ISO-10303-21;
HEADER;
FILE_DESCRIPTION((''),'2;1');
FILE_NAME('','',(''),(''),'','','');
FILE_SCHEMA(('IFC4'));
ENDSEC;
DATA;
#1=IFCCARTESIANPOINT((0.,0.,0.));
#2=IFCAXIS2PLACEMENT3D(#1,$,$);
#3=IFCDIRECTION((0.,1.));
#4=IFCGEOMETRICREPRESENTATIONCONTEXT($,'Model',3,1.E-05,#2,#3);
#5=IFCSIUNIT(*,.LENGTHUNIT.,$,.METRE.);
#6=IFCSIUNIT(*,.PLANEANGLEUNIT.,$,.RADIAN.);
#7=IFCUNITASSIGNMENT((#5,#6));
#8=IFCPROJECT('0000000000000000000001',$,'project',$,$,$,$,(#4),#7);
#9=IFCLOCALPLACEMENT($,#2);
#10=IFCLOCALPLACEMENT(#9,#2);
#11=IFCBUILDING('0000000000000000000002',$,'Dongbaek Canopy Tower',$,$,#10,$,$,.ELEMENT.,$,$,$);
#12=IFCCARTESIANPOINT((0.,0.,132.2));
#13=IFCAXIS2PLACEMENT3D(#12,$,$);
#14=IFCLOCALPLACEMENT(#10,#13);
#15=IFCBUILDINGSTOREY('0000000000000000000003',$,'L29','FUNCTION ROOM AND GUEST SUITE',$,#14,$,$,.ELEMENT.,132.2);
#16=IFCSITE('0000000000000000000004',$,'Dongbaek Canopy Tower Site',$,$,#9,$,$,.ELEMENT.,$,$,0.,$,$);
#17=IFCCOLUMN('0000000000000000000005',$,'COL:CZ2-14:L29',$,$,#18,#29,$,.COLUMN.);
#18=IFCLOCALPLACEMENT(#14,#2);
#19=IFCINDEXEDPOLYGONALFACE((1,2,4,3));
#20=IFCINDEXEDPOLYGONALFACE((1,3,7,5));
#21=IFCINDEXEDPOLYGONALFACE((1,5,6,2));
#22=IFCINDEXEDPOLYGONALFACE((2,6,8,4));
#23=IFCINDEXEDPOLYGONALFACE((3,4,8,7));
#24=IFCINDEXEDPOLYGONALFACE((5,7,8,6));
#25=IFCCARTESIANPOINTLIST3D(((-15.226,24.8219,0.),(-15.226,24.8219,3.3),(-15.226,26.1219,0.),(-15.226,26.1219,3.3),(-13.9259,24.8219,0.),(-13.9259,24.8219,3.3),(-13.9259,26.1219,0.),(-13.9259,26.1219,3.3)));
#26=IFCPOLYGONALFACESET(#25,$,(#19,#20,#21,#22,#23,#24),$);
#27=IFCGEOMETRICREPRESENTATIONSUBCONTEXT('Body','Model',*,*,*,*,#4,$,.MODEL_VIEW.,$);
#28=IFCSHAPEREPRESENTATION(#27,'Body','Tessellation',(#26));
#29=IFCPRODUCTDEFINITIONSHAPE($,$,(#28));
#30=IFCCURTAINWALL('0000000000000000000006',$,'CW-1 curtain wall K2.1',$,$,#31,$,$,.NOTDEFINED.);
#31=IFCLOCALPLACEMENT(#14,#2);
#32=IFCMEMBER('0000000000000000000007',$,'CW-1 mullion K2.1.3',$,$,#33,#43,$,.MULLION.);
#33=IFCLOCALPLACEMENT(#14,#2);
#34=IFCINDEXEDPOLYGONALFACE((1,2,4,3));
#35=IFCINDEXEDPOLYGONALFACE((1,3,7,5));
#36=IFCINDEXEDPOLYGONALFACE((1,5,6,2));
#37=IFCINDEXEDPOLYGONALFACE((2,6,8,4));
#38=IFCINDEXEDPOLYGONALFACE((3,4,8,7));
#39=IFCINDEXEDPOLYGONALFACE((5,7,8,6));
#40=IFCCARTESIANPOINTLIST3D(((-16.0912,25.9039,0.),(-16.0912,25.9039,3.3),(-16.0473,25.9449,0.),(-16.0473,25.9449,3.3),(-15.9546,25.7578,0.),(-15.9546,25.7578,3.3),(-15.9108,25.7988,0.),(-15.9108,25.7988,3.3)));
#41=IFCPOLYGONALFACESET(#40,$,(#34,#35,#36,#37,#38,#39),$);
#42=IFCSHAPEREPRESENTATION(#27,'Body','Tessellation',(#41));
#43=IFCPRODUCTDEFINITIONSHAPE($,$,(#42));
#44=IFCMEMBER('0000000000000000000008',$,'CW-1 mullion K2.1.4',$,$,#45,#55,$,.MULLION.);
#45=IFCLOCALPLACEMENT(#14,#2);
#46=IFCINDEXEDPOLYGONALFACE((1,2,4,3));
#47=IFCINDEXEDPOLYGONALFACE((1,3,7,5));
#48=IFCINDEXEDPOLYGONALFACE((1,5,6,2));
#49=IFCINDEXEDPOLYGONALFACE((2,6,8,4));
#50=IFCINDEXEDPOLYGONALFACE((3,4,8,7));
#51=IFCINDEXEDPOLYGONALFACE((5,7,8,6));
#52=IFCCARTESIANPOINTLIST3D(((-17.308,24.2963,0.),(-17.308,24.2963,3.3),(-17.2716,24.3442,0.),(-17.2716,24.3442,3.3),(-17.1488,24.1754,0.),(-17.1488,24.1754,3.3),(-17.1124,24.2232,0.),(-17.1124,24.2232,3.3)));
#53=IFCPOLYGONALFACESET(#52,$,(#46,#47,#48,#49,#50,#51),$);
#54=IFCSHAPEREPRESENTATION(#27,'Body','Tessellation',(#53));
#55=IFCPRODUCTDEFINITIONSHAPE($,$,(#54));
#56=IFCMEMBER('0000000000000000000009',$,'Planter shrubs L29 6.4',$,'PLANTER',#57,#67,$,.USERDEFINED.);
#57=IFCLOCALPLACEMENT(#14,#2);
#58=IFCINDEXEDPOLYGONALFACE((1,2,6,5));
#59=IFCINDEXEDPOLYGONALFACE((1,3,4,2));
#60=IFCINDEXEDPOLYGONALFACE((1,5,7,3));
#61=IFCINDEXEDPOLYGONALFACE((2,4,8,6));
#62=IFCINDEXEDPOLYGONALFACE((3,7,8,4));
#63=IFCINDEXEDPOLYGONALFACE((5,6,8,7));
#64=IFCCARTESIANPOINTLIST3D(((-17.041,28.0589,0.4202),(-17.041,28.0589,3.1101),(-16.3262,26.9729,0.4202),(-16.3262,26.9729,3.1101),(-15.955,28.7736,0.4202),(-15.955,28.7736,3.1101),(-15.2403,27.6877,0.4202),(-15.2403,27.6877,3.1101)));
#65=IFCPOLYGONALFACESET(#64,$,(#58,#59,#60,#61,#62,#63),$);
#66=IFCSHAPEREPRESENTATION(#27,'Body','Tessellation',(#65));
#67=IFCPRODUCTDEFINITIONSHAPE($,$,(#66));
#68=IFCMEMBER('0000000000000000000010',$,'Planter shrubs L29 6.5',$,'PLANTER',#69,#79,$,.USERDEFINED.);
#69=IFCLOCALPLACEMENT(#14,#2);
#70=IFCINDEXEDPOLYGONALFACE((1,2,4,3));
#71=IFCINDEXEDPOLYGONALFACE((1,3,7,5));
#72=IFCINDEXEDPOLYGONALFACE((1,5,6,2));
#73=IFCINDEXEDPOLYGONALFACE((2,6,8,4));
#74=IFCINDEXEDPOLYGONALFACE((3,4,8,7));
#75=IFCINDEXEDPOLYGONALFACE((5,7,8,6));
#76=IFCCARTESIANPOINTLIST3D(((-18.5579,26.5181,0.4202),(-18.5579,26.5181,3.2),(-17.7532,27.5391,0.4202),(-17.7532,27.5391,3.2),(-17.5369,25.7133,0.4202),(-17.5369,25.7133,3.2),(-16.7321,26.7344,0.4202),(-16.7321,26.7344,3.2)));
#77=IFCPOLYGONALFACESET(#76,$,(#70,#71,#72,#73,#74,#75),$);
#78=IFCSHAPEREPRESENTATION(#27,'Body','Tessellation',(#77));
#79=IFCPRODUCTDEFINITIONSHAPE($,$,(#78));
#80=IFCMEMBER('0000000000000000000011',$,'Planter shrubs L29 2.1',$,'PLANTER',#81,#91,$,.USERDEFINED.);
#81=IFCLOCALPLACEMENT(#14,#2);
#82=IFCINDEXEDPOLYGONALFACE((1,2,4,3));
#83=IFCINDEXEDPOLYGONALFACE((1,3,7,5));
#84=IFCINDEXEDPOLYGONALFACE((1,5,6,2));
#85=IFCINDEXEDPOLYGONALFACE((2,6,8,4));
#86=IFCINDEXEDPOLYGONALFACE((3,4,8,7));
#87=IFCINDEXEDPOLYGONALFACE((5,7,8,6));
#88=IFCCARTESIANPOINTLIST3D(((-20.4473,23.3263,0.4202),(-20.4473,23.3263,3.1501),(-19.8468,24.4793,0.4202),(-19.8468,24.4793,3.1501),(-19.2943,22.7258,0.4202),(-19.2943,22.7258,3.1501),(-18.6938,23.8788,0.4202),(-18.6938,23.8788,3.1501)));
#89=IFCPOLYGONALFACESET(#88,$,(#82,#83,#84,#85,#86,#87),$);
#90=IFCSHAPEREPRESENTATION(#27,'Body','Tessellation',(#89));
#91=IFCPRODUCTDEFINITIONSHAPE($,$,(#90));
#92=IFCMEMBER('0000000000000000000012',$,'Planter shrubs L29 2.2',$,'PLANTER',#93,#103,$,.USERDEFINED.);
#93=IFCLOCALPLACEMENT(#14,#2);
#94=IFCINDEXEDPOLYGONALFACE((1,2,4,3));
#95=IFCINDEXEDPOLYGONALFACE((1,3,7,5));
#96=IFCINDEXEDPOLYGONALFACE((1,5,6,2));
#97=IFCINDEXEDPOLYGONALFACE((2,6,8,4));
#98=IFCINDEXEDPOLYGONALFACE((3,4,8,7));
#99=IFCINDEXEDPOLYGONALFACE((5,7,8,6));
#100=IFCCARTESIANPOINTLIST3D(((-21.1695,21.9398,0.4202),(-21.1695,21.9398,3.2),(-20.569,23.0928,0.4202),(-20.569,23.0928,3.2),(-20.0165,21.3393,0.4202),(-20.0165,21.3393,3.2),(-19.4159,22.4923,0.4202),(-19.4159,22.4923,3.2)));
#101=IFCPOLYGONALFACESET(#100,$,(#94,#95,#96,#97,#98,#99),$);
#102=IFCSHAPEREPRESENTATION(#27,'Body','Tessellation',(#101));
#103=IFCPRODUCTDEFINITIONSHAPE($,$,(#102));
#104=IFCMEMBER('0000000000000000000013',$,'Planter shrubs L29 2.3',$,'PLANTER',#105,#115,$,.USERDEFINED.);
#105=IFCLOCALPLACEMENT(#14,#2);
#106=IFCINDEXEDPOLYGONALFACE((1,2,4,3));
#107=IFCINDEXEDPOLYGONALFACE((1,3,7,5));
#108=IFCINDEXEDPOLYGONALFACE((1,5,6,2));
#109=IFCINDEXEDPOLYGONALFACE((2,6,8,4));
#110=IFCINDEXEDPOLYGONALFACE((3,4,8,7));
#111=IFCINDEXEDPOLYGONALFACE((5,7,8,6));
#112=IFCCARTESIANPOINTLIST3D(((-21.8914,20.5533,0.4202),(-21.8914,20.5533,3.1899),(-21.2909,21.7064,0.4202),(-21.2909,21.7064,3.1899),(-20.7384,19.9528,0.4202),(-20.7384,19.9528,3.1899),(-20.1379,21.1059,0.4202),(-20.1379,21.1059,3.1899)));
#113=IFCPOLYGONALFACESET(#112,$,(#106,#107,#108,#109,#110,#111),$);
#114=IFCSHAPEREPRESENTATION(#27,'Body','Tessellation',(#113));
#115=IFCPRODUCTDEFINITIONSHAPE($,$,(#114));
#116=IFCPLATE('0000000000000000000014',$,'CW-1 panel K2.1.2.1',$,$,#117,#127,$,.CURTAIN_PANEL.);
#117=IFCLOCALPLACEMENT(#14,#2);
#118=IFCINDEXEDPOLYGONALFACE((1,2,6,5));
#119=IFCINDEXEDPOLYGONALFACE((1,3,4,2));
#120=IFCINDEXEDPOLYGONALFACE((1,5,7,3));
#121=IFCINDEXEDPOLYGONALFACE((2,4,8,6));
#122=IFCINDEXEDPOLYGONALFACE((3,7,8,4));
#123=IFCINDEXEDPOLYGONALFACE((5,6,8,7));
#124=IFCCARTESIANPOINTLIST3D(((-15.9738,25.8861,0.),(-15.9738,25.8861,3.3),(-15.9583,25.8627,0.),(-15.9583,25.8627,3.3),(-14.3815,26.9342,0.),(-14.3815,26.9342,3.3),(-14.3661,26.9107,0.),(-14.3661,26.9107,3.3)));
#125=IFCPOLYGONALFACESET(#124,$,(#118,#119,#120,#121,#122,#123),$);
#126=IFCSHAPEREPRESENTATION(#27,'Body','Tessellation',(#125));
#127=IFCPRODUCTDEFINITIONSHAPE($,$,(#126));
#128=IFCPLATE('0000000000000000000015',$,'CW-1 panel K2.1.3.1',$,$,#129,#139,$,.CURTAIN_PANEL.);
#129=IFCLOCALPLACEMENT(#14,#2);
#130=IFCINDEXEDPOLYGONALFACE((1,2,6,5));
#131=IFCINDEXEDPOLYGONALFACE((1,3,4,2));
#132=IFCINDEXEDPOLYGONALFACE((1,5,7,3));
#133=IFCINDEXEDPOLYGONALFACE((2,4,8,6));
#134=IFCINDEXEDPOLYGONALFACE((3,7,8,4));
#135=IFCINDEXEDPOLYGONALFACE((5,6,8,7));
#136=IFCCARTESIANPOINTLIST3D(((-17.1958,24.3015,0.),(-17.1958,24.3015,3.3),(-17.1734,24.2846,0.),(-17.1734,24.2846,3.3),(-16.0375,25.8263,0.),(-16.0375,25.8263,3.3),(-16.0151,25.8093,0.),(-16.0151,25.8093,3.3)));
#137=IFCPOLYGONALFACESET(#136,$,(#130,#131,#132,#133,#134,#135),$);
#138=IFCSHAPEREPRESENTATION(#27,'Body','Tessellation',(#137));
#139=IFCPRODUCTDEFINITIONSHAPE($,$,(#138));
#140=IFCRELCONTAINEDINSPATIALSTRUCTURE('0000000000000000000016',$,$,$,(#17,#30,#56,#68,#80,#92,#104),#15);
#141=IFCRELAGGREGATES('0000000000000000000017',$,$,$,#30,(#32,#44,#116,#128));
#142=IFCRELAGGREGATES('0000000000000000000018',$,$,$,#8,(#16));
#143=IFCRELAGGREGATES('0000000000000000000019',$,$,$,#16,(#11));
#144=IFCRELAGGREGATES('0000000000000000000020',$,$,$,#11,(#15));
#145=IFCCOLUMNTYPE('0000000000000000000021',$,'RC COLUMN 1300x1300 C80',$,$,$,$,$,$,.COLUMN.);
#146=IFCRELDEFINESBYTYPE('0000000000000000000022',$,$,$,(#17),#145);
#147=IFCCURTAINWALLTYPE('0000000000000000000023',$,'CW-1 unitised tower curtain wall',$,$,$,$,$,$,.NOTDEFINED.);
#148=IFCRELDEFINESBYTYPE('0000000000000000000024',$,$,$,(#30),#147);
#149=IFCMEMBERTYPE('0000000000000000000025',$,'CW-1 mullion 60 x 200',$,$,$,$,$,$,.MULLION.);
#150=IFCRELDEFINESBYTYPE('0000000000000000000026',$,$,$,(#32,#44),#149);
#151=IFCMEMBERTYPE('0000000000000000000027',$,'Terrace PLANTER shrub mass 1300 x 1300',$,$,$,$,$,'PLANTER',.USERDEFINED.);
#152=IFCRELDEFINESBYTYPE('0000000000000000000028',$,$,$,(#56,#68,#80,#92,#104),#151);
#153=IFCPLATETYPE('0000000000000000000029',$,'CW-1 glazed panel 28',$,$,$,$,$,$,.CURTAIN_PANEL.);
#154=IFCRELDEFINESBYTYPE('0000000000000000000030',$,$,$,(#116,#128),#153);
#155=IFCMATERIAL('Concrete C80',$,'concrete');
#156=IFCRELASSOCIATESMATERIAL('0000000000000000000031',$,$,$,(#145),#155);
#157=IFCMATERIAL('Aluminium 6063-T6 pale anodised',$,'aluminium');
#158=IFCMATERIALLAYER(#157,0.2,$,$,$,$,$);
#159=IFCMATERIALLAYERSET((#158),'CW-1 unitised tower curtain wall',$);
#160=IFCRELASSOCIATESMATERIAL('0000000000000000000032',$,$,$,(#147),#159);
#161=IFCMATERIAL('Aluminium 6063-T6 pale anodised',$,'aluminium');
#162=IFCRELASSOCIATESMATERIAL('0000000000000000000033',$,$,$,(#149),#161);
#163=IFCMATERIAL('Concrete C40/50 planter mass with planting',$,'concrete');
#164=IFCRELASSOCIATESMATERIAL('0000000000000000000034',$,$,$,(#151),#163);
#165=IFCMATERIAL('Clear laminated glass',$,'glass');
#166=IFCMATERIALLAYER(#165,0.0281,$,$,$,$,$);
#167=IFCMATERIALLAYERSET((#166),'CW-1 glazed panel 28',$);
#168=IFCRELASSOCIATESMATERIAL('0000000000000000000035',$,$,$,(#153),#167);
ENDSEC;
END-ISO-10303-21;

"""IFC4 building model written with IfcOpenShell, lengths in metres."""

from ifc_helpers import new_model, si_unit, direction, frame, origin, origin_2d, place, context, subcontext, project, spatial, rectangle, extrude, material, layer, layer_set, material_profile, profile_set, type_object, element, aggregate, save


model = new_model("IFC4")

# Units and contexts
model_context = context("Model", 3, precision=1e-05, world=origin(), true_north=direction((0.0, 1.0)))
body_context = subcontext(model_context, "Body", "Model", "MODEL_VIEW")
ifc_project = project(units=[si_unit("LENGTHUNIT", "METRE"), si_unit("PLANEANGLEUNIT", "RADIAN")], contexts=[model_context])

# Site, building, storey
site_placement = place(None, origin())
site = spatial("IfcSite", under=ifc_project, at=site_placement, Name="Dongbaek Canopy Tower Site", CompositionType="ELEMENT", RefElevation=0.0)
building_placement = place(site_placement, origin())
building = spatial("IfcBuilding", under=site, at=building_placement, Name="Dongbaek Canopy Tower", CompositionType="ELEMENT")
storey_placement = place(building_placement, frame((0.0, 0.0, 132.2)))
storey = spatial("IfcBuildingStorey", under=building, at=storey_placement, Name="L29", Description="FUNCTION ROOM AND GUEST SUITE", CompositionType="ELEMENT", Elevation=132.2)

# Column
ifc_material_1 = material(Name="Concrete C80", Category="concrete")
ifc_material_profile_1 = material_profile(ifc_material_1, rectangle(XDim=1.3, YDim=1.3, at=origin_2d()), Name="RC COLUMN 1300x1300 C80")
ifc_profile_set_1 = profile_set([ifc_material_profile_1], Name="Concrete C80")
column_type = type_object("IfcColumnType", Name="RC COLUMN 1300x1300 C80", PredefinedType="COLUMN", material=ifc_profile_set_1)
column_placement = place(storey_placement, frame((-14.5759, 25.4719, 0.0), z_axis=(0.0, 0.0, 1.0), x_axis=(1.0, 0.0, 0.0)))
element("IfcColumn", 1, at=column_placement, inside=storey, type_object=column_type, Name="COL:CZ2-14:L29", PredefinedType="COLUMN", context=body_context, shape_type="SweptSolid", body=[
    extrude(rectangle(XDim=1.3, YDim=1.3, at=origin_2d()), origin(), (0.0, 0.0, 1.0), 3.3),
])

# Curtain wall, members
ifc_material_2 = material(Name="Aluminium 6063-T6 pale anodised", Category="aluminium")
ifc_layer_1 = layer(ifc_material_2, 0.2)
ifc_layer_set_1 = layer_set([ifc_layer_1], Name="CW-1 unitised tower curtain wall")
curtain_wall_type = type_object("IfcCurtainWallType", Name="CW-1 unitised tower curtain wall", PredefinedType="NOTDEFINED", material=ifc_layer_set_1)
curtain_wall_placement = place(storey_placement, origin())
curtain_wall = element("IfcCurtainWall", 2, at=curtain_wall_placement, inside=storey, type_object=curtain_wall_type, Name="CW-1 curtain wall K2.1", PredefinedType="NOTDEFINED")
ifc_material_3 = material(Name="Aluminium 6063-T6 pale anodised", Category="aluminium")
ifc_material_profile_2 = material_profile(ifc_material_3, rectangle(XDim=0.2, YDim=0.0601, at=origin_2d()), Name="CW-1 mullion 60 x 200")
ifc_profile_set_2 = profile_set([ifc_material_profile_2], Name="Aluminium 6063-T6 pale anodised")
member_type_1 = type_object("IfcMemberType", Name="CW-1 mullion 60 x 200", PredefinedType="MULLION", material=ifc_profile_set_2)
member_1_placement = place(storey_placement, frame((-16.001, 25.8513, 0.0), z_axis=(0.0, 0.0, 1.0), x_axis=(-0.682829, 0.730578, 0.0)))
member_1 = element("IfcMember", 3, at=member_1_placement, type_object=member_type_1, Name="CW-1 mullion K2.1.3", PredefinedType="MULLION", context=body_context, shape_type="SweptSolid", body=[
    extrude(rectangle(XDim=0.2, YDim=0.0601, at=origin_2d()), origin(), (0.0, 0.0, 1.0), 3.3),
])
member_2_placement = place(storey_placement, frame((-17.2102, 24.2598, 0.0), z_axis=(0.0, 0.0, 1.0), x_axis=(-0.796291, 0.604914, 0.0)))
member_2 = element("IfcMember", 4, at=member_2_placement, type_object=member_type_1, Name="CW-1 mullion K2.1.4", PredefinedType="MULLION", context=body_context, shape_type="SweptSolid", body=[
    extrude(rectangle(XDim=0.2, YDim=0.0601, at=origin_2d()), origin(), (0.0, 0.0, 1.0), 3.3),
])

# Members
ifc_material_4 = material(Name="Concrete C40/50 planter mass with planting", Category="concrete")
ifc_material_profile_3 = material_profile(ifc_material_4, rectangle(XDim=1.3, YDim=1.3, at=origin_2d()), Name="Terrace PLANTER shrub mass 1300 x 1300")
ifc_profile_set_3 = profile_set([ifc_material_profile_3], Name="Concrete C40/50 planter mass with planting")
member_type_2 = type_object("IfcMemberType", Name="Terrace PLANTER shrub mass 1300 x 1300", ElementType="PLANTER", PredefinedType="USERDEFINED", material=ifc_profile_set_3)
member_3_placement = place(storey_placement, frame((-16.1406, 27.8733, 0.4202), z_axis=(0.0, 0.0, 1.0), x_axis=(-0.549794, 0.835301, 0.0)))
element("IfcMember", 5, at=member_3_placement, inside=storey, type_object=member_type_2, Name="Planter shrubs L29 6.4", ObjectType="PLANTER", PredefinedType="USERDEFINED", context=body_context, shape_type="SweptSolid", body=[
    extrude(rectangle(XDim=1.3, YDim=1.3, at=origin_2d()), origin(), (0.0, 0.0, 1.0), 2.6899),
])
member_4_placement = place(storey_placement, frame((-17.645, 26.6262, 0.4202), z_axis=(0.0, 0.0, 1.0), x_axis=(-0.785388, 0.619003, 0.0)))
element("IfcMember", 6, at=member_4_placement, inside=storey, type_object=member_type_2, Name="Planter shrubs L29 6.5", ObjectType="PLANTER", PredefinedType="USERDEFINED", context=body_context, shape_type="SweptSolid", body=[
    extrude(rectangle(XDim=1.3, YDim=1.3, at=origin_2d()), origin(), (0.0, 0.0, 1.0), 2.7798),
])
member_5_placement = place(storey_placement, frame((-19.5706, 23.6025, 0.4202), z_axis=(0.0, 0.0, 1.0), x_axis=(-0.886927, 0.46191, 0.0)))
element("IfcMember", 7, at=member_5_placement, inside=storey, type_object=member_type_2, Name="Planter shrubs L29 2.1", ObjectType="PLANTER", PredefinedType="USERDEFINED", context=body_context, shape_type="SweptSolid", body=[
    extrude(rectangle(XDim=1.3, YDim=1.3, at=origin_2d()), origin(), (0.0, 0.0, 1.0), 2.73),
])
member_6_placement = place(storey_placement, frame((-20.2927, 22.2161, 0.4202), z_axis=(0.0, 0.0, 1.0), x_axis=(-0.886927, 0.46191, 0.0)))
element("IfcMember", 8, at=member_6_placement, inside=storey, type_object=member_type_2, Name="Planter shrubs L29 2.2", ObjectType="PLANTER", PredefinedType="USERDEFINED", context=body_context, shape_type="SweptSolid", body=[
    extrude(rectangle(XDim=1.3, YDim=1.3, at=origin_2d()), origin(), (0.0, 0.0, 1.0), 2.7798),
])
member_7_placement = place(storey_placement, frame((-21.0146, 20.8296, 0.4202), z_axis=(0.0, 0.0, 1.0), x_axis=(-0.886927, 0.46191, 0.0)))
element("IfcMember", 9, at=member_7_placement, inside=storey, type_object=member_type_2, Name="Planter shrubs L29 2.3", ObjectType="PLANTER", PredefinedType="USERDEFINED", context=body_context, shape_type="SweptSolid", body=[
    extrude(rectangle(XDim=1.3, YDim=1.3, at=origin_2d()), origin(), (0.0, 0.0, 1.0), 2.7698),
])

# Plates
ifc_material_5 = material(Name="Clear laminated glass", Category="glass")
ifc_layer_2 = layer(ifc_material_5, 0.0281)
ifc_layer_set_2 = layer_set([ifc_layer_2], Name="CW-1 glazed panel 28")
plate_type = type_object("IfcPlateType", Name="CW-1 glazed panel 28", PredefinedType="CURTAIN_PANEL", material=ifc_layer_set_2)
plate_1_placement = place(storey_placement, frame((-15.1699, 26.3984, 0.0), z_axis=(0.0, 0.0, 1.0), x_axis=(-0.835301, -0.549794, 0.0)))
plate_1 = element("IfcPlate", 10, at=plate_1_placement, type_object=plate_type, Name="CW-1 panel K2.1.2.1", PredefinedType="CURTAIN_PANEL", context=body_context, shape_type="SweptSolid", body=[
    extrude(rectangle(XDim=1.9062, YDim=0.0281, at=origin_2d()), origin(), (0.0, 0.0, 1.0), 3.3),
])
plate_2_placement = place(storey_placement, frame((-16.6055, 25.0554, 0.0), z_axis=(0.0, 0.0, 1.0), x_axis=(-0.604914, -0.796291, 0.0)))
plate_2 = element("IfcPlate", 11, at=plate_2_placement, type_object=plate_type, Name="CW-1 panel K2.1.3.1", PredefinedType="CURTAIN_PANEL", context=body_context, shape_type="SweptSolid", body=[
    extrude(rectangle(XDim=1.9148, YDim=0.0281, at=origin_2d()), origin(), (0.0, 0.0, 1.0), 3.3),
])
aggregate(curtain_wall, [member_1, member_2, plate_1, plate_2])

save(model, "model.ifc")
